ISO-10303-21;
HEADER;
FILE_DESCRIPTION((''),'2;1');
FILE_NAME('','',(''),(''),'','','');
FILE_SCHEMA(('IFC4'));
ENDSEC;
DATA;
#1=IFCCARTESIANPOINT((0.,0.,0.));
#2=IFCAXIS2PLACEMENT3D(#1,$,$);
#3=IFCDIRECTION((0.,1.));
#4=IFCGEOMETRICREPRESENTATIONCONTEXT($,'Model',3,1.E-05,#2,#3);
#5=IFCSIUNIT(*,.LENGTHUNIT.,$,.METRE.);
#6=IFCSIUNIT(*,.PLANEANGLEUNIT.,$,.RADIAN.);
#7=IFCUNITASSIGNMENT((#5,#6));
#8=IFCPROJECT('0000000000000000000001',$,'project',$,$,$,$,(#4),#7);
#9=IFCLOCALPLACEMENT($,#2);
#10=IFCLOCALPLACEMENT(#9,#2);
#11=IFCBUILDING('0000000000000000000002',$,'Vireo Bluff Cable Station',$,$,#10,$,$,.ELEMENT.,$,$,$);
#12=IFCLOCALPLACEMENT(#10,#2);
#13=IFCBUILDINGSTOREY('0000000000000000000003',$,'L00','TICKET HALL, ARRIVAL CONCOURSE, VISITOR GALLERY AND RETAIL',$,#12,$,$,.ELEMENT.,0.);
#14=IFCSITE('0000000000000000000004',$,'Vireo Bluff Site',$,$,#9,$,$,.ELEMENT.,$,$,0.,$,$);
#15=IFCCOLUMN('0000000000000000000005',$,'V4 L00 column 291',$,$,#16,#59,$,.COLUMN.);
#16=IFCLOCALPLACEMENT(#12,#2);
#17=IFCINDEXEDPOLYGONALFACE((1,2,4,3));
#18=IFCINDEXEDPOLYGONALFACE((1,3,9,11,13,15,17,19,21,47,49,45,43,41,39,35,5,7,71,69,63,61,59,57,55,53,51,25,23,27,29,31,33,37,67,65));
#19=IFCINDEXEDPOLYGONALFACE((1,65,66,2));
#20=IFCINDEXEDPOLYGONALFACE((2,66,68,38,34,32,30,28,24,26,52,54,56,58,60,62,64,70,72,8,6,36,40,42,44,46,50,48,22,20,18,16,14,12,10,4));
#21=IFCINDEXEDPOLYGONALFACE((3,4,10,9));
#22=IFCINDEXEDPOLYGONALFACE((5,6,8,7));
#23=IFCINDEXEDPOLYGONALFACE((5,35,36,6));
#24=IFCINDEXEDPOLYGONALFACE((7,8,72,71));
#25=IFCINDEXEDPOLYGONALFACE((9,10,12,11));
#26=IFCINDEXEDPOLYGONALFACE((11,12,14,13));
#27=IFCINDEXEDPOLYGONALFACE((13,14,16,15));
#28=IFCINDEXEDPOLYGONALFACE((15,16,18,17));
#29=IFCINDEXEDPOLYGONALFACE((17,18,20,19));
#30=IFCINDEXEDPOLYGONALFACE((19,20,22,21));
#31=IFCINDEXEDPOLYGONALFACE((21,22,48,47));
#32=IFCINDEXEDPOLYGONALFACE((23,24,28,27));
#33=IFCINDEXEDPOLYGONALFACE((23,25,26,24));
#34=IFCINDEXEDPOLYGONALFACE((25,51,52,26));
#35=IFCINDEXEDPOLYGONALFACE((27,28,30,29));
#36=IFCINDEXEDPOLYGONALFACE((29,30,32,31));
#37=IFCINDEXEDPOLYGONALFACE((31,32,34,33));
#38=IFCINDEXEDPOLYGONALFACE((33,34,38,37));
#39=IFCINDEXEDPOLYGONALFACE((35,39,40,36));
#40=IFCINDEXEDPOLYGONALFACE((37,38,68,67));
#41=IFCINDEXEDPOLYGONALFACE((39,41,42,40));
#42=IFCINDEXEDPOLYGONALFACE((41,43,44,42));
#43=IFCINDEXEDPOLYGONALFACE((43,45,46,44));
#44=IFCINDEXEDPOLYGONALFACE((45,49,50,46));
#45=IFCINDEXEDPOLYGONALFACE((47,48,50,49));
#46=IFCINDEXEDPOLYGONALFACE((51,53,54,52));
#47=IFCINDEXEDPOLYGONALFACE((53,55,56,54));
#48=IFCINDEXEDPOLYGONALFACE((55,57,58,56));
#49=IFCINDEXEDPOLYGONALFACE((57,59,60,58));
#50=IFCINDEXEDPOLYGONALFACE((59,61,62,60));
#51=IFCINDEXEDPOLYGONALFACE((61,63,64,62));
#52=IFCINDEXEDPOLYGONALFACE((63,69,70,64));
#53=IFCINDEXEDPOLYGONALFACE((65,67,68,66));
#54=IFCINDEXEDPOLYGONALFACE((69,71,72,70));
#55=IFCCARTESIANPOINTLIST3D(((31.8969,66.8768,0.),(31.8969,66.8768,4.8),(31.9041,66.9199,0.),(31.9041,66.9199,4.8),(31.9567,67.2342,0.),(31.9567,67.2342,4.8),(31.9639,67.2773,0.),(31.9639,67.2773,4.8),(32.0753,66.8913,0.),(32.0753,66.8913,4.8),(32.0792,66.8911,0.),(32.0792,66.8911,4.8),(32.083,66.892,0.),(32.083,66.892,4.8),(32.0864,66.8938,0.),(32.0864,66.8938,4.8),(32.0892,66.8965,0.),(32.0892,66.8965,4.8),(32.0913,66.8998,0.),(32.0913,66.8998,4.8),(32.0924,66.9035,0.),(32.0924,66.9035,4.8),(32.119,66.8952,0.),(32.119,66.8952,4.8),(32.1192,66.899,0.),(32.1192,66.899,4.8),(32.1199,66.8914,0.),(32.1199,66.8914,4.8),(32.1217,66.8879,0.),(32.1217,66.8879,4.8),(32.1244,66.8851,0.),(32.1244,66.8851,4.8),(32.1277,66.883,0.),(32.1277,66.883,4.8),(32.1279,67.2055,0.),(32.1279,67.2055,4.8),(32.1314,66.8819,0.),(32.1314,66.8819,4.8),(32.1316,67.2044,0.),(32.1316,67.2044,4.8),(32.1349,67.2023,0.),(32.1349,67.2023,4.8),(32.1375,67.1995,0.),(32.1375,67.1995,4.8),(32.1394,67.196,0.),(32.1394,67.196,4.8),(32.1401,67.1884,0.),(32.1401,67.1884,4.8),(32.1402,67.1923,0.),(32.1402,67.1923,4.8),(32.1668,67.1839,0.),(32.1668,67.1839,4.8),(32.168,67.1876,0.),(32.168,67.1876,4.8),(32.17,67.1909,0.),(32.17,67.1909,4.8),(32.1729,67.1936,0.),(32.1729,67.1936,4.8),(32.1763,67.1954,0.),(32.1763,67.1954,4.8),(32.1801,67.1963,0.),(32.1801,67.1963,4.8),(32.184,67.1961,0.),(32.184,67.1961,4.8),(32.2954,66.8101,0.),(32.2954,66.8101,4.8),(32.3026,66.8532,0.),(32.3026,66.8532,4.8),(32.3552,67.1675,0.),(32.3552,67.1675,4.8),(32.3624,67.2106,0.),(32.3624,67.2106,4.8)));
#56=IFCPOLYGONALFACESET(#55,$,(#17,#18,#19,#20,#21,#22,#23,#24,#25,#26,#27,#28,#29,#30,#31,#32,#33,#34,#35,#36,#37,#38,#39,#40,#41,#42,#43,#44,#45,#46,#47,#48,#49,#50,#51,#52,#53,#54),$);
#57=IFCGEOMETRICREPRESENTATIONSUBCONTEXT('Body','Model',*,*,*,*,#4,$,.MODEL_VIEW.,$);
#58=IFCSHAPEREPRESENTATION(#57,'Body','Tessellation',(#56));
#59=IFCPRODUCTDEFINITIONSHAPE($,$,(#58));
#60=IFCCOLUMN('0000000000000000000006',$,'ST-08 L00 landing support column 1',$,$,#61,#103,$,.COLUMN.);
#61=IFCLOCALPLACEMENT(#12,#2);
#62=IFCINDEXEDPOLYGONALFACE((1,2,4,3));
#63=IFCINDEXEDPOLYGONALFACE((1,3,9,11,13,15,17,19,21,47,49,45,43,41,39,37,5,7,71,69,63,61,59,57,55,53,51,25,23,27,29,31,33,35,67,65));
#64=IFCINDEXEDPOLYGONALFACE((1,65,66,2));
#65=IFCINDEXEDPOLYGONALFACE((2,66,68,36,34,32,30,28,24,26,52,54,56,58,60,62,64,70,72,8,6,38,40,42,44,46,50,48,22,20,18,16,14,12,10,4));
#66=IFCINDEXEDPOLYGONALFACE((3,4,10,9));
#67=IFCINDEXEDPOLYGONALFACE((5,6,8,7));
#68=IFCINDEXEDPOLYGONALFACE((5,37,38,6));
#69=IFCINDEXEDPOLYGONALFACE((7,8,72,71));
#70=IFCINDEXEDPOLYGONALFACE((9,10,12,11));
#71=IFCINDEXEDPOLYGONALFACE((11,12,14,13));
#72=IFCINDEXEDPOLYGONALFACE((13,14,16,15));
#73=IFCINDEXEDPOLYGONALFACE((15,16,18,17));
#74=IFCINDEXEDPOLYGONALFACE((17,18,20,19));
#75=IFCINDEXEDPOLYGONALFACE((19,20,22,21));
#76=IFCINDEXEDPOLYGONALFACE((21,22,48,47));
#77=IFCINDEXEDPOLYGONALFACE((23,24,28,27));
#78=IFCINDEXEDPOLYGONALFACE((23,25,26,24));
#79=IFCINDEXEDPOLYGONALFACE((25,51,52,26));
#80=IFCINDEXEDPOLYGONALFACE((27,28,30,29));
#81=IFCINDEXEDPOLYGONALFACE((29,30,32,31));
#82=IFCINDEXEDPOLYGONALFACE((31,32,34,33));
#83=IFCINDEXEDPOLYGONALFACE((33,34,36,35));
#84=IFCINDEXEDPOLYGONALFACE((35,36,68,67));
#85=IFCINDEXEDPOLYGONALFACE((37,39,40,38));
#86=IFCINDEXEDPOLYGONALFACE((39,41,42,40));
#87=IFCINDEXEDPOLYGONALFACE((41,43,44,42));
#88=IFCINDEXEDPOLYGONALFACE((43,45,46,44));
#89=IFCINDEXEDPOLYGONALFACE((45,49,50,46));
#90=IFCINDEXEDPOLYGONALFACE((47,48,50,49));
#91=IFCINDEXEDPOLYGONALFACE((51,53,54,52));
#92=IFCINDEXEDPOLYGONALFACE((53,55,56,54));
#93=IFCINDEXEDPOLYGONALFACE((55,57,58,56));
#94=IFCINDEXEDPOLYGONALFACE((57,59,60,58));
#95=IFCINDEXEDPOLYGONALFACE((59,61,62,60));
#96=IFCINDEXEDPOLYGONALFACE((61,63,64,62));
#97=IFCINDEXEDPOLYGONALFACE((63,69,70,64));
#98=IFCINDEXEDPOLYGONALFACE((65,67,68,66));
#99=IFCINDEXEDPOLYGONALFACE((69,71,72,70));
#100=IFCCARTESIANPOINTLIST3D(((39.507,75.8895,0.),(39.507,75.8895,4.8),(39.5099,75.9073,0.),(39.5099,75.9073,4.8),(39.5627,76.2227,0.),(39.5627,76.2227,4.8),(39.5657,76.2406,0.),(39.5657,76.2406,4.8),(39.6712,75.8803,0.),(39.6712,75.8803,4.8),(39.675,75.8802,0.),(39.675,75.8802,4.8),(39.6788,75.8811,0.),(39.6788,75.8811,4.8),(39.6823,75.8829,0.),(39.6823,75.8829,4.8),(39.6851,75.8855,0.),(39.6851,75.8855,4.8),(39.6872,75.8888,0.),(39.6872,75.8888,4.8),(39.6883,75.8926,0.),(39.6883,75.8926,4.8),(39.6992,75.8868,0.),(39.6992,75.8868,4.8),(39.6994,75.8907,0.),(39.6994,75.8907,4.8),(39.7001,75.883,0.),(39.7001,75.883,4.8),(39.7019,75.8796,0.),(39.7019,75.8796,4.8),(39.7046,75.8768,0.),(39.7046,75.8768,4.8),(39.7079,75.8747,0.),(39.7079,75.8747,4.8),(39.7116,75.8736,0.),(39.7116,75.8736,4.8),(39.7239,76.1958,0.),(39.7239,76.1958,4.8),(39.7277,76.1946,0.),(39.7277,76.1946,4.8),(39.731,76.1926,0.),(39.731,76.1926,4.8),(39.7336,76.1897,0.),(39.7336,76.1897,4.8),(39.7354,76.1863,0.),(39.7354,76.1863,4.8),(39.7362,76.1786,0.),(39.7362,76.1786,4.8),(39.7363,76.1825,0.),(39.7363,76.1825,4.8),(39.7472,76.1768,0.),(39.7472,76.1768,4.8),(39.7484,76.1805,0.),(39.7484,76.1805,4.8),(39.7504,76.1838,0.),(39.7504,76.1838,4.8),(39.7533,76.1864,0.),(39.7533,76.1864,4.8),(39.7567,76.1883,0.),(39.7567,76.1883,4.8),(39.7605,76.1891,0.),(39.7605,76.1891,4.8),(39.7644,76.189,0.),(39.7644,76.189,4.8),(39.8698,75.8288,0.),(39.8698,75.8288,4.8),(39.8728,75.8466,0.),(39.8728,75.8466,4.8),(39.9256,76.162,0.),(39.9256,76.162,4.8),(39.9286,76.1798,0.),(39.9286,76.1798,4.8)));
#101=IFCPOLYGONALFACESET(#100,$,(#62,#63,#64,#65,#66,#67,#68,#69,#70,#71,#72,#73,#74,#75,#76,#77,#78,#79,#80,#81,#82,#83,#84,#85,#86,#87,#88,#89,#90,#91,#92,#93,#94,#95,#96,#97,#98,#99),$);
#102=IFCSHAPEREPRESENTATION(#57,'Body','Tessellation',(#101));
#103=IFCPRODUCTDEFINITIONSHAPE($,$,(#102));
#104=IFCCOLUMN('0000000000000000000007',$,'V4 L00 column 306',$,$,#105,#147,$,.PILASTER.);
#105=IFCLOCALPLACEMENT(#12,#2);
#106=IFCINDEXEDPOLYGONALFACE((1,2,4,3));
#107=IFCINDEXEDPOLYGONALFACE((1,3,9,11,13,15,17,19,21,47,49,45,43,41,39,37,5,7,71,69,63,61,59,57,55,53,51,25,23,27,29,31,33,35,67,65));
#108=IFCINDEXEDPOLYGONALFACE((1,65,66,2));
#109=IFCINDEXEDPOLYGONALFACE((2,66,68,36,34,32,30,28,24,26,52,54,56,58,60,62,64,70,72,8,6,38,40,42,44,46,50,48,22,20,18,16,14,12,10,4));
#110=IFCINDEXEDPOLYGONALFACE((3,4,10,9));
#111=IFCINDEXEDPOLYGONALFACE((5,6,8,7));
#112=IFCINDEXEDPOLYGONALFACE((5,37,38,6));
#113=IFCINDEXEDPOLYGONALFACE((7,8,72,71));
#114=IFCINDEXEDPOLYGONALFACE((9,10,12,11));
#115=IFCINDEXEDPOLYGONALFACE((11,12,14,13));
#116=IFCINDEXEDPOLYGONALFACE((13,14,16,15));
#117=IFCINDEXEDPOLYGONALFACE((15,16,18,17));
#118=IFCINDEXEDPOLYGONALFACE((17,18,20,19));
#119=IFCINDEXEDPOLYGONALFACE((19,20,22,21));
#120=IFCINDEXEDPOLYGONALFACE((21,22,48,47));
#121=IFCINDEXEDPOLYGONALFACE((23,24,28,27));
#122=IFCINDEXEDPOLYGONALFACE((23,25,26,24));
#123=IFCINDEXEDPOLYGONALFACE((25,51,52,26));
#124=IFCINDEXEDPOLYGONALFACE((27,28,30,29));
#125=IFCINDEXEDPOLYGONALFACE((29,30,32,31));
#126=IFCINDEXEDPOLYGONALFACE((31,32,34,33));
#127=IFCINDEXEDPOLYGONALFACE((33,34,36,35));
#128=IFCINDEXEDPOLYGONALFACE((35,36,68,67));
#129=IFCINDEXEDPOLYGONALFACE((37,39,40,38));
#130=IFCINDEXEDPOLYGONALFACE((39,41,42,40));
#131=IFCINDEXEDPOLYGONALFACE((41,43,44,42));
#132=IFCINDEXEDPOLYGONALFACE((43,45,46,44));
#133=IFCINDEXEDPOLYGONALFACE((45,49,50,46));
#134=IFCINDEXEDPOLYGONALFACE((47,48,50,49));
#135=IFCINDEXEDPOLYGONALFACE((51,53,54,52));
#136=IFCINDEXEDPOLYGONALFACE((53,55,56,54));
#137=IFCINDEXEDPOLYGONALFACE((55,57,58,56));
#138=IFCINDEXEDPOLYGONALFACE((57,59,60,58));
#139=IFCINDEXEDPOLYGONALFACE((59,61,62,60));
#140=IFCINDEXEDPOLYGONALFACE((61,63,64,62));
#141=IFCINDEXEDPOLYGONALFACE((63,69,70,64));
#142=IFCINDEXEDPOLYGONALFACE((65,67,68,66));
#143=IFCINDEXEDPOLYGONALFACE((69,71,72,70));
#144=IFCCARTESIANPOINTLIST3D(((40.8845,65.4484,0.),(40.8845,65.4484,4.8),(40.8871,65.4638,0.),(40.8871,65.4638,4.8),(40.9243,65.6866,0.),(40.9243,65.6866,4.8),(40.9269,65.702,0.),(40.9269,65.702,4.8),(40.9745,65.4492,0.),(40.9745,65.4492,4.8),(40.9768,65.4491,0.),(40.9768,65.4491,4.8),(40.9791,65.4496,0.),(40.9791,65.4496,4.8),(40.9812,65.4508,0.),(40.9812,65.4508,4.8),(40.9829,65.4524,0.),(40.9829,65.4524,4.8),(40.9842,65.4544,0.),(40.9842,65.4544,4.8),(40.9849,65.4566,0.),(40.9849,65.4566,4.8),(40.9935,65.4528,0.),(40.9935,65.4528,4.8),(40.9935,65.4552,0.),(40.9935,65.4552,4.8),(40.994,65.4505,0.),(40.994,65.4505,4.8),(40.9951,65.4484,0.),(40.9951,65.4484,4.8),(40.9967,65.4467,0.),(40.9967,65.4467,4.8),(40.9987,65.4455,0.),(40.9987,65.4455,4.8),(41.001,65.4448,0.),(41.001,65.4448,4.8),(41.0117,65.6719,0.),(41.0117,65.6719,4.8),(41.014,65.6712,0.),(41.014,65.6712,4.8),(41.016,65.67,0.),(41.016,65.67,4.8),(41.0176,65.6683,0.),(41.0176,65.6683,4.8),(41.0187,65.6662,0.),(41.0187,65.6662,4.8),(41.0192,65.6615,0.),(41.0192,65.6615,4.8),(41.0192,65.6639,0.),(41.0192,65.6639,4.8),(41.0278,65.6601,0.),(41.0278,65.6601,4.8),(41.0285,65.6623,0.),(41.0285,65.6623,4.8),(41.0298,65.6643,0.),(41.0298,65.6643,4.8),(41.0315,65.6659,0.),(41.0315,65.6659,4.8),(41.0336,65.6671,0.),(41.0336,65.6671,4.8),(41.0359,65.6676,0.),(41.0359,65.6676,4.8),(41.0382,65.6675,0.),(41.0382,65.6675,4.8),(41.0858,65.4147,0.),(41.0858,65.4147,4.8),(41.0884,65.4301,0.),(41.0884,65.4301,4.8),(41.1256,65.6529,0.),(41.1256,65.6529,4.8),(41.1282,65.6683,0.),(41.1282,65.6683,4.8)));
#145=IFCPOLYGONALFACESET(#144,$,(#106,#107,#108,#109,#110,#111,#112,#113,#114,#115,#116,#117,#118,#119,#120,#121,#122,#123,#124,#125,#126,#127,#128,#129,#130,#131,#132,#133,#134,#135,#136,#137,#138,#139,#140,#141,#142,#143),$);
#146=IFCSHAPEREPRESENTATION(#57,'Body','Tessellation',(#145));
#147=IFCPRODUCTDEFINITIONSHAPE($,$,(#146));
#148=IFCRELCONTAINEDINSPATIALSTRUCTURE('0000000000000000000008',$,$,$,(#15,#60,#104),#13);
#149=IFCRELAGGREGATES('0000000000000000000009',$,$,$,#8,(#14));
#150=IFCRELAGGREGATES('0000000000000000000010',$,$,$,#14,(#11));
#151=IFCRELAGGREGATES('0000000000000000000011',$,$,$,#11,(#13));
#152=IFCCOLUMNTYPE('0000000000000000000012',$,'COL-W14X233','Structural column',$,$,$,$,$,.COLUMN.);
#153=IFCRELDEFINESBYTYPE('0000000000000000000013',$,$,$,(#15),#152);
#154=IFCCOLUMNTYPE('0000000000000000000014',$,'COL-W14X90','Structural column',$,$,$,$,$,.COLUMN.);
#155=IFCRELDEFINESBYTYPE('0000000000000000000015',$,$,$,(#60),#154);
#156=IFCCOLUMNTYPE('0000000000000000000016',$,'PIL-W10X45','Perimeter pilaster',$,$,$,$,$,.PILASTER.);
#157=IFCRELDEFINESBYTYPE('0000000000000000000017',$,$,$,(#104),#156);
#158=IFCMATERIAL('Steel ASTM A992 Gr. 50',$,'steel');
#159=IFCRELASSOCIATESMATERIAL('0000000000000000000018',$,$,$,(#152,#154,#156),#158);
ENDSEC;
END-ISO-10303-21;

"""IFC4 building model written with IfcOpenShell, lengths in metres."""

from ifc_helpers import new_model, si_unit, direction, frame, origin, origin_2d, place, context, subcontext, project, spatial, i_section, extrude, material, material_profile, profile_set, type_object, element, save


model = new_model("IFC4")

# Units and contexts
model_context = context("Model", 3, precision=1e-05, world=origin(), true_north=direction((0.0, 1.0)))
body_context = subcontext(model_context, "Body", "Model", "MODEL_VIEW")
ifc_project = project(units=[si_unit("LENGTHUNIT", "METRE"), si_unit("PLANEANGLEUNIT", "RADIAN")], contexts=[model_context])

# Site, building, storey
site_placement = place(None, origin())
site = spatial("IfcSite", under=ifc_project, at=site_placement, Name="Vireo Bluff Site", CompositionType="ELEMENT", RefElevation=0.0)
building_placement = place(site_placement, origin())
building = spatial("IfcBuilding", under=site, at=building_placement, Name="Vireo Bluff Cable Station", CompositionType="ELEMENT")
storey_placement = place(building_placement, origin())
storey = spatial("IfcBuildingStorey", under=building, at=storey_placement, Name="L00", Description="TICKET HALL, ARRIVAL CONCOURSE, VISITOR GALLERY AND RETAIL", CompositionType="ELEMENT", Elevation=0.0)

# Columns
ifc_material_1 = material(Name="Steel ASTM A992 Gr. 50", Category="steel")
ifc_material_profile_1 = material_profile(ifc_material_1, i_section(OverallWidth=0.4041, OverallDepth=0.406, WebThickness=0.0271, FlangeThickness=0.0437, FilletRadius=0.0149, at=origin_2d()), Name="W14X233")
ifc_profile_set_1 = profile_set([ifc_material_profile_1], Name="Steel ASTM A992 Gr. 50")
column_type_1 = type_object("IfcColumnType", Name="COL-W14X233", Description="Structural column", PredefinedType="COLUMN", material=ifc_profile_set_1)
column_1_placement = place(storey_placement, frame((32.1296, 67.0437, 0.0), z_axis=(0.0, 0.0, 1.0), x_axis=(0.986286, -0.165048, 0.0)))
element("IfcColumn", 1, at=column_1_placement, inside=storey, type_object=column_type_1, Name="V4 L00 column 291", PredefinedType="COLUMN", context=body_context, shape_type="SweptSolid", body=[
    extrude(i_section(OverallWidth=0.4041, OverallDepth=0.406, WebThickness=0.0271, FlangeThickness=0.0437, FilletRadius=0.0149, at=origin_2d()), origin(), (0.0, 0.0, 1.0), 4.8),
])
ifc_material_profile_2 = material_profile(ifc_material_1, i_section(OverallWidth=0.3679, OverallDepth=0.356, WebThickness=0.0112, FlangeThickness=0.0181, FilletRadius=0.0149, at=origin_2d()), Name="W14X90")
ifc_profile_set_2 = profile_set([ifc_material_profile_2], Name="Steel ASTM A992 Gr. 50")
column_type_2 = type_object("IfcColumnType", Name="COL-W14X90", Description="Structural column", PredefinedType="COLUMN", material=ifc_profile_set_2)
column_2_placement = place(storey_placement, frame((39.7178, 76.0347, 0.0), z_axis=(0.0, 0.0, 1.0), x_axis=(0.986286, -0.165048, 0.0)))
element("IfcColumn", 2, at=column_2_placement, inside=storey, type_object=column_type_2, Name="ST-08 L00 landing support column 1", PredefinedType="COLUMN", context=body_context, shape_type="SweptSolid", body=[
    extrude(i_section(OverallWidth=0.3679, OverallDepth=0.356, WebThickness=0.0112, FlangeThickness=0.0181, FilletRadius=0.0149, at=origin_2d()), origin(), (0.0, 0.0, 1.0), 4.8),
])
ifc_material_profile_3 = material_profile(ifc_material_1, i_section(OverallWidth=0.2041, OverallDepth=0.2571, WebThickness=0.0088, FlangeThickness=0.0156, FilletRadius=0.009, at=origin_2d()), Name="W10X45")
ifc_profile_set_3 = profile_set([ifc_material_profile_3], Name="Steel ASTM A992 Gr. 50")
column_type_3 = type_object("IfcColumnType", Name="PIL-W10X45", Description="Perimeter pilaster", PredefinedType="PILASTER", material=ifc_profile_set_3)
column_3_placement = place(storey_placement, frame((41.0063, 65.5583, 0.0), z_axis=(0.0, 0.0, 1.0), x_axis=(0.986286, -0.165048, 0.0)))
element("IfcColumn", 3, at=column_3_placement, inside=storey, type_object=column_type_3, Name="V4 L00 column 306", PredefinedType="PILASTER", context=body_context, shape_type="SweptSolid", body=[
    extrude(i_section(OverallWidth=0.2041, OverallDepth=0.2571, WebThickness=0.0088, FlangeThickness=0.0156, FilletRadius=0.009, at=origin_2d()), origin(), (0.0, 0.0, 1.0), 4.8),
])

save(model, "model.ifc")
